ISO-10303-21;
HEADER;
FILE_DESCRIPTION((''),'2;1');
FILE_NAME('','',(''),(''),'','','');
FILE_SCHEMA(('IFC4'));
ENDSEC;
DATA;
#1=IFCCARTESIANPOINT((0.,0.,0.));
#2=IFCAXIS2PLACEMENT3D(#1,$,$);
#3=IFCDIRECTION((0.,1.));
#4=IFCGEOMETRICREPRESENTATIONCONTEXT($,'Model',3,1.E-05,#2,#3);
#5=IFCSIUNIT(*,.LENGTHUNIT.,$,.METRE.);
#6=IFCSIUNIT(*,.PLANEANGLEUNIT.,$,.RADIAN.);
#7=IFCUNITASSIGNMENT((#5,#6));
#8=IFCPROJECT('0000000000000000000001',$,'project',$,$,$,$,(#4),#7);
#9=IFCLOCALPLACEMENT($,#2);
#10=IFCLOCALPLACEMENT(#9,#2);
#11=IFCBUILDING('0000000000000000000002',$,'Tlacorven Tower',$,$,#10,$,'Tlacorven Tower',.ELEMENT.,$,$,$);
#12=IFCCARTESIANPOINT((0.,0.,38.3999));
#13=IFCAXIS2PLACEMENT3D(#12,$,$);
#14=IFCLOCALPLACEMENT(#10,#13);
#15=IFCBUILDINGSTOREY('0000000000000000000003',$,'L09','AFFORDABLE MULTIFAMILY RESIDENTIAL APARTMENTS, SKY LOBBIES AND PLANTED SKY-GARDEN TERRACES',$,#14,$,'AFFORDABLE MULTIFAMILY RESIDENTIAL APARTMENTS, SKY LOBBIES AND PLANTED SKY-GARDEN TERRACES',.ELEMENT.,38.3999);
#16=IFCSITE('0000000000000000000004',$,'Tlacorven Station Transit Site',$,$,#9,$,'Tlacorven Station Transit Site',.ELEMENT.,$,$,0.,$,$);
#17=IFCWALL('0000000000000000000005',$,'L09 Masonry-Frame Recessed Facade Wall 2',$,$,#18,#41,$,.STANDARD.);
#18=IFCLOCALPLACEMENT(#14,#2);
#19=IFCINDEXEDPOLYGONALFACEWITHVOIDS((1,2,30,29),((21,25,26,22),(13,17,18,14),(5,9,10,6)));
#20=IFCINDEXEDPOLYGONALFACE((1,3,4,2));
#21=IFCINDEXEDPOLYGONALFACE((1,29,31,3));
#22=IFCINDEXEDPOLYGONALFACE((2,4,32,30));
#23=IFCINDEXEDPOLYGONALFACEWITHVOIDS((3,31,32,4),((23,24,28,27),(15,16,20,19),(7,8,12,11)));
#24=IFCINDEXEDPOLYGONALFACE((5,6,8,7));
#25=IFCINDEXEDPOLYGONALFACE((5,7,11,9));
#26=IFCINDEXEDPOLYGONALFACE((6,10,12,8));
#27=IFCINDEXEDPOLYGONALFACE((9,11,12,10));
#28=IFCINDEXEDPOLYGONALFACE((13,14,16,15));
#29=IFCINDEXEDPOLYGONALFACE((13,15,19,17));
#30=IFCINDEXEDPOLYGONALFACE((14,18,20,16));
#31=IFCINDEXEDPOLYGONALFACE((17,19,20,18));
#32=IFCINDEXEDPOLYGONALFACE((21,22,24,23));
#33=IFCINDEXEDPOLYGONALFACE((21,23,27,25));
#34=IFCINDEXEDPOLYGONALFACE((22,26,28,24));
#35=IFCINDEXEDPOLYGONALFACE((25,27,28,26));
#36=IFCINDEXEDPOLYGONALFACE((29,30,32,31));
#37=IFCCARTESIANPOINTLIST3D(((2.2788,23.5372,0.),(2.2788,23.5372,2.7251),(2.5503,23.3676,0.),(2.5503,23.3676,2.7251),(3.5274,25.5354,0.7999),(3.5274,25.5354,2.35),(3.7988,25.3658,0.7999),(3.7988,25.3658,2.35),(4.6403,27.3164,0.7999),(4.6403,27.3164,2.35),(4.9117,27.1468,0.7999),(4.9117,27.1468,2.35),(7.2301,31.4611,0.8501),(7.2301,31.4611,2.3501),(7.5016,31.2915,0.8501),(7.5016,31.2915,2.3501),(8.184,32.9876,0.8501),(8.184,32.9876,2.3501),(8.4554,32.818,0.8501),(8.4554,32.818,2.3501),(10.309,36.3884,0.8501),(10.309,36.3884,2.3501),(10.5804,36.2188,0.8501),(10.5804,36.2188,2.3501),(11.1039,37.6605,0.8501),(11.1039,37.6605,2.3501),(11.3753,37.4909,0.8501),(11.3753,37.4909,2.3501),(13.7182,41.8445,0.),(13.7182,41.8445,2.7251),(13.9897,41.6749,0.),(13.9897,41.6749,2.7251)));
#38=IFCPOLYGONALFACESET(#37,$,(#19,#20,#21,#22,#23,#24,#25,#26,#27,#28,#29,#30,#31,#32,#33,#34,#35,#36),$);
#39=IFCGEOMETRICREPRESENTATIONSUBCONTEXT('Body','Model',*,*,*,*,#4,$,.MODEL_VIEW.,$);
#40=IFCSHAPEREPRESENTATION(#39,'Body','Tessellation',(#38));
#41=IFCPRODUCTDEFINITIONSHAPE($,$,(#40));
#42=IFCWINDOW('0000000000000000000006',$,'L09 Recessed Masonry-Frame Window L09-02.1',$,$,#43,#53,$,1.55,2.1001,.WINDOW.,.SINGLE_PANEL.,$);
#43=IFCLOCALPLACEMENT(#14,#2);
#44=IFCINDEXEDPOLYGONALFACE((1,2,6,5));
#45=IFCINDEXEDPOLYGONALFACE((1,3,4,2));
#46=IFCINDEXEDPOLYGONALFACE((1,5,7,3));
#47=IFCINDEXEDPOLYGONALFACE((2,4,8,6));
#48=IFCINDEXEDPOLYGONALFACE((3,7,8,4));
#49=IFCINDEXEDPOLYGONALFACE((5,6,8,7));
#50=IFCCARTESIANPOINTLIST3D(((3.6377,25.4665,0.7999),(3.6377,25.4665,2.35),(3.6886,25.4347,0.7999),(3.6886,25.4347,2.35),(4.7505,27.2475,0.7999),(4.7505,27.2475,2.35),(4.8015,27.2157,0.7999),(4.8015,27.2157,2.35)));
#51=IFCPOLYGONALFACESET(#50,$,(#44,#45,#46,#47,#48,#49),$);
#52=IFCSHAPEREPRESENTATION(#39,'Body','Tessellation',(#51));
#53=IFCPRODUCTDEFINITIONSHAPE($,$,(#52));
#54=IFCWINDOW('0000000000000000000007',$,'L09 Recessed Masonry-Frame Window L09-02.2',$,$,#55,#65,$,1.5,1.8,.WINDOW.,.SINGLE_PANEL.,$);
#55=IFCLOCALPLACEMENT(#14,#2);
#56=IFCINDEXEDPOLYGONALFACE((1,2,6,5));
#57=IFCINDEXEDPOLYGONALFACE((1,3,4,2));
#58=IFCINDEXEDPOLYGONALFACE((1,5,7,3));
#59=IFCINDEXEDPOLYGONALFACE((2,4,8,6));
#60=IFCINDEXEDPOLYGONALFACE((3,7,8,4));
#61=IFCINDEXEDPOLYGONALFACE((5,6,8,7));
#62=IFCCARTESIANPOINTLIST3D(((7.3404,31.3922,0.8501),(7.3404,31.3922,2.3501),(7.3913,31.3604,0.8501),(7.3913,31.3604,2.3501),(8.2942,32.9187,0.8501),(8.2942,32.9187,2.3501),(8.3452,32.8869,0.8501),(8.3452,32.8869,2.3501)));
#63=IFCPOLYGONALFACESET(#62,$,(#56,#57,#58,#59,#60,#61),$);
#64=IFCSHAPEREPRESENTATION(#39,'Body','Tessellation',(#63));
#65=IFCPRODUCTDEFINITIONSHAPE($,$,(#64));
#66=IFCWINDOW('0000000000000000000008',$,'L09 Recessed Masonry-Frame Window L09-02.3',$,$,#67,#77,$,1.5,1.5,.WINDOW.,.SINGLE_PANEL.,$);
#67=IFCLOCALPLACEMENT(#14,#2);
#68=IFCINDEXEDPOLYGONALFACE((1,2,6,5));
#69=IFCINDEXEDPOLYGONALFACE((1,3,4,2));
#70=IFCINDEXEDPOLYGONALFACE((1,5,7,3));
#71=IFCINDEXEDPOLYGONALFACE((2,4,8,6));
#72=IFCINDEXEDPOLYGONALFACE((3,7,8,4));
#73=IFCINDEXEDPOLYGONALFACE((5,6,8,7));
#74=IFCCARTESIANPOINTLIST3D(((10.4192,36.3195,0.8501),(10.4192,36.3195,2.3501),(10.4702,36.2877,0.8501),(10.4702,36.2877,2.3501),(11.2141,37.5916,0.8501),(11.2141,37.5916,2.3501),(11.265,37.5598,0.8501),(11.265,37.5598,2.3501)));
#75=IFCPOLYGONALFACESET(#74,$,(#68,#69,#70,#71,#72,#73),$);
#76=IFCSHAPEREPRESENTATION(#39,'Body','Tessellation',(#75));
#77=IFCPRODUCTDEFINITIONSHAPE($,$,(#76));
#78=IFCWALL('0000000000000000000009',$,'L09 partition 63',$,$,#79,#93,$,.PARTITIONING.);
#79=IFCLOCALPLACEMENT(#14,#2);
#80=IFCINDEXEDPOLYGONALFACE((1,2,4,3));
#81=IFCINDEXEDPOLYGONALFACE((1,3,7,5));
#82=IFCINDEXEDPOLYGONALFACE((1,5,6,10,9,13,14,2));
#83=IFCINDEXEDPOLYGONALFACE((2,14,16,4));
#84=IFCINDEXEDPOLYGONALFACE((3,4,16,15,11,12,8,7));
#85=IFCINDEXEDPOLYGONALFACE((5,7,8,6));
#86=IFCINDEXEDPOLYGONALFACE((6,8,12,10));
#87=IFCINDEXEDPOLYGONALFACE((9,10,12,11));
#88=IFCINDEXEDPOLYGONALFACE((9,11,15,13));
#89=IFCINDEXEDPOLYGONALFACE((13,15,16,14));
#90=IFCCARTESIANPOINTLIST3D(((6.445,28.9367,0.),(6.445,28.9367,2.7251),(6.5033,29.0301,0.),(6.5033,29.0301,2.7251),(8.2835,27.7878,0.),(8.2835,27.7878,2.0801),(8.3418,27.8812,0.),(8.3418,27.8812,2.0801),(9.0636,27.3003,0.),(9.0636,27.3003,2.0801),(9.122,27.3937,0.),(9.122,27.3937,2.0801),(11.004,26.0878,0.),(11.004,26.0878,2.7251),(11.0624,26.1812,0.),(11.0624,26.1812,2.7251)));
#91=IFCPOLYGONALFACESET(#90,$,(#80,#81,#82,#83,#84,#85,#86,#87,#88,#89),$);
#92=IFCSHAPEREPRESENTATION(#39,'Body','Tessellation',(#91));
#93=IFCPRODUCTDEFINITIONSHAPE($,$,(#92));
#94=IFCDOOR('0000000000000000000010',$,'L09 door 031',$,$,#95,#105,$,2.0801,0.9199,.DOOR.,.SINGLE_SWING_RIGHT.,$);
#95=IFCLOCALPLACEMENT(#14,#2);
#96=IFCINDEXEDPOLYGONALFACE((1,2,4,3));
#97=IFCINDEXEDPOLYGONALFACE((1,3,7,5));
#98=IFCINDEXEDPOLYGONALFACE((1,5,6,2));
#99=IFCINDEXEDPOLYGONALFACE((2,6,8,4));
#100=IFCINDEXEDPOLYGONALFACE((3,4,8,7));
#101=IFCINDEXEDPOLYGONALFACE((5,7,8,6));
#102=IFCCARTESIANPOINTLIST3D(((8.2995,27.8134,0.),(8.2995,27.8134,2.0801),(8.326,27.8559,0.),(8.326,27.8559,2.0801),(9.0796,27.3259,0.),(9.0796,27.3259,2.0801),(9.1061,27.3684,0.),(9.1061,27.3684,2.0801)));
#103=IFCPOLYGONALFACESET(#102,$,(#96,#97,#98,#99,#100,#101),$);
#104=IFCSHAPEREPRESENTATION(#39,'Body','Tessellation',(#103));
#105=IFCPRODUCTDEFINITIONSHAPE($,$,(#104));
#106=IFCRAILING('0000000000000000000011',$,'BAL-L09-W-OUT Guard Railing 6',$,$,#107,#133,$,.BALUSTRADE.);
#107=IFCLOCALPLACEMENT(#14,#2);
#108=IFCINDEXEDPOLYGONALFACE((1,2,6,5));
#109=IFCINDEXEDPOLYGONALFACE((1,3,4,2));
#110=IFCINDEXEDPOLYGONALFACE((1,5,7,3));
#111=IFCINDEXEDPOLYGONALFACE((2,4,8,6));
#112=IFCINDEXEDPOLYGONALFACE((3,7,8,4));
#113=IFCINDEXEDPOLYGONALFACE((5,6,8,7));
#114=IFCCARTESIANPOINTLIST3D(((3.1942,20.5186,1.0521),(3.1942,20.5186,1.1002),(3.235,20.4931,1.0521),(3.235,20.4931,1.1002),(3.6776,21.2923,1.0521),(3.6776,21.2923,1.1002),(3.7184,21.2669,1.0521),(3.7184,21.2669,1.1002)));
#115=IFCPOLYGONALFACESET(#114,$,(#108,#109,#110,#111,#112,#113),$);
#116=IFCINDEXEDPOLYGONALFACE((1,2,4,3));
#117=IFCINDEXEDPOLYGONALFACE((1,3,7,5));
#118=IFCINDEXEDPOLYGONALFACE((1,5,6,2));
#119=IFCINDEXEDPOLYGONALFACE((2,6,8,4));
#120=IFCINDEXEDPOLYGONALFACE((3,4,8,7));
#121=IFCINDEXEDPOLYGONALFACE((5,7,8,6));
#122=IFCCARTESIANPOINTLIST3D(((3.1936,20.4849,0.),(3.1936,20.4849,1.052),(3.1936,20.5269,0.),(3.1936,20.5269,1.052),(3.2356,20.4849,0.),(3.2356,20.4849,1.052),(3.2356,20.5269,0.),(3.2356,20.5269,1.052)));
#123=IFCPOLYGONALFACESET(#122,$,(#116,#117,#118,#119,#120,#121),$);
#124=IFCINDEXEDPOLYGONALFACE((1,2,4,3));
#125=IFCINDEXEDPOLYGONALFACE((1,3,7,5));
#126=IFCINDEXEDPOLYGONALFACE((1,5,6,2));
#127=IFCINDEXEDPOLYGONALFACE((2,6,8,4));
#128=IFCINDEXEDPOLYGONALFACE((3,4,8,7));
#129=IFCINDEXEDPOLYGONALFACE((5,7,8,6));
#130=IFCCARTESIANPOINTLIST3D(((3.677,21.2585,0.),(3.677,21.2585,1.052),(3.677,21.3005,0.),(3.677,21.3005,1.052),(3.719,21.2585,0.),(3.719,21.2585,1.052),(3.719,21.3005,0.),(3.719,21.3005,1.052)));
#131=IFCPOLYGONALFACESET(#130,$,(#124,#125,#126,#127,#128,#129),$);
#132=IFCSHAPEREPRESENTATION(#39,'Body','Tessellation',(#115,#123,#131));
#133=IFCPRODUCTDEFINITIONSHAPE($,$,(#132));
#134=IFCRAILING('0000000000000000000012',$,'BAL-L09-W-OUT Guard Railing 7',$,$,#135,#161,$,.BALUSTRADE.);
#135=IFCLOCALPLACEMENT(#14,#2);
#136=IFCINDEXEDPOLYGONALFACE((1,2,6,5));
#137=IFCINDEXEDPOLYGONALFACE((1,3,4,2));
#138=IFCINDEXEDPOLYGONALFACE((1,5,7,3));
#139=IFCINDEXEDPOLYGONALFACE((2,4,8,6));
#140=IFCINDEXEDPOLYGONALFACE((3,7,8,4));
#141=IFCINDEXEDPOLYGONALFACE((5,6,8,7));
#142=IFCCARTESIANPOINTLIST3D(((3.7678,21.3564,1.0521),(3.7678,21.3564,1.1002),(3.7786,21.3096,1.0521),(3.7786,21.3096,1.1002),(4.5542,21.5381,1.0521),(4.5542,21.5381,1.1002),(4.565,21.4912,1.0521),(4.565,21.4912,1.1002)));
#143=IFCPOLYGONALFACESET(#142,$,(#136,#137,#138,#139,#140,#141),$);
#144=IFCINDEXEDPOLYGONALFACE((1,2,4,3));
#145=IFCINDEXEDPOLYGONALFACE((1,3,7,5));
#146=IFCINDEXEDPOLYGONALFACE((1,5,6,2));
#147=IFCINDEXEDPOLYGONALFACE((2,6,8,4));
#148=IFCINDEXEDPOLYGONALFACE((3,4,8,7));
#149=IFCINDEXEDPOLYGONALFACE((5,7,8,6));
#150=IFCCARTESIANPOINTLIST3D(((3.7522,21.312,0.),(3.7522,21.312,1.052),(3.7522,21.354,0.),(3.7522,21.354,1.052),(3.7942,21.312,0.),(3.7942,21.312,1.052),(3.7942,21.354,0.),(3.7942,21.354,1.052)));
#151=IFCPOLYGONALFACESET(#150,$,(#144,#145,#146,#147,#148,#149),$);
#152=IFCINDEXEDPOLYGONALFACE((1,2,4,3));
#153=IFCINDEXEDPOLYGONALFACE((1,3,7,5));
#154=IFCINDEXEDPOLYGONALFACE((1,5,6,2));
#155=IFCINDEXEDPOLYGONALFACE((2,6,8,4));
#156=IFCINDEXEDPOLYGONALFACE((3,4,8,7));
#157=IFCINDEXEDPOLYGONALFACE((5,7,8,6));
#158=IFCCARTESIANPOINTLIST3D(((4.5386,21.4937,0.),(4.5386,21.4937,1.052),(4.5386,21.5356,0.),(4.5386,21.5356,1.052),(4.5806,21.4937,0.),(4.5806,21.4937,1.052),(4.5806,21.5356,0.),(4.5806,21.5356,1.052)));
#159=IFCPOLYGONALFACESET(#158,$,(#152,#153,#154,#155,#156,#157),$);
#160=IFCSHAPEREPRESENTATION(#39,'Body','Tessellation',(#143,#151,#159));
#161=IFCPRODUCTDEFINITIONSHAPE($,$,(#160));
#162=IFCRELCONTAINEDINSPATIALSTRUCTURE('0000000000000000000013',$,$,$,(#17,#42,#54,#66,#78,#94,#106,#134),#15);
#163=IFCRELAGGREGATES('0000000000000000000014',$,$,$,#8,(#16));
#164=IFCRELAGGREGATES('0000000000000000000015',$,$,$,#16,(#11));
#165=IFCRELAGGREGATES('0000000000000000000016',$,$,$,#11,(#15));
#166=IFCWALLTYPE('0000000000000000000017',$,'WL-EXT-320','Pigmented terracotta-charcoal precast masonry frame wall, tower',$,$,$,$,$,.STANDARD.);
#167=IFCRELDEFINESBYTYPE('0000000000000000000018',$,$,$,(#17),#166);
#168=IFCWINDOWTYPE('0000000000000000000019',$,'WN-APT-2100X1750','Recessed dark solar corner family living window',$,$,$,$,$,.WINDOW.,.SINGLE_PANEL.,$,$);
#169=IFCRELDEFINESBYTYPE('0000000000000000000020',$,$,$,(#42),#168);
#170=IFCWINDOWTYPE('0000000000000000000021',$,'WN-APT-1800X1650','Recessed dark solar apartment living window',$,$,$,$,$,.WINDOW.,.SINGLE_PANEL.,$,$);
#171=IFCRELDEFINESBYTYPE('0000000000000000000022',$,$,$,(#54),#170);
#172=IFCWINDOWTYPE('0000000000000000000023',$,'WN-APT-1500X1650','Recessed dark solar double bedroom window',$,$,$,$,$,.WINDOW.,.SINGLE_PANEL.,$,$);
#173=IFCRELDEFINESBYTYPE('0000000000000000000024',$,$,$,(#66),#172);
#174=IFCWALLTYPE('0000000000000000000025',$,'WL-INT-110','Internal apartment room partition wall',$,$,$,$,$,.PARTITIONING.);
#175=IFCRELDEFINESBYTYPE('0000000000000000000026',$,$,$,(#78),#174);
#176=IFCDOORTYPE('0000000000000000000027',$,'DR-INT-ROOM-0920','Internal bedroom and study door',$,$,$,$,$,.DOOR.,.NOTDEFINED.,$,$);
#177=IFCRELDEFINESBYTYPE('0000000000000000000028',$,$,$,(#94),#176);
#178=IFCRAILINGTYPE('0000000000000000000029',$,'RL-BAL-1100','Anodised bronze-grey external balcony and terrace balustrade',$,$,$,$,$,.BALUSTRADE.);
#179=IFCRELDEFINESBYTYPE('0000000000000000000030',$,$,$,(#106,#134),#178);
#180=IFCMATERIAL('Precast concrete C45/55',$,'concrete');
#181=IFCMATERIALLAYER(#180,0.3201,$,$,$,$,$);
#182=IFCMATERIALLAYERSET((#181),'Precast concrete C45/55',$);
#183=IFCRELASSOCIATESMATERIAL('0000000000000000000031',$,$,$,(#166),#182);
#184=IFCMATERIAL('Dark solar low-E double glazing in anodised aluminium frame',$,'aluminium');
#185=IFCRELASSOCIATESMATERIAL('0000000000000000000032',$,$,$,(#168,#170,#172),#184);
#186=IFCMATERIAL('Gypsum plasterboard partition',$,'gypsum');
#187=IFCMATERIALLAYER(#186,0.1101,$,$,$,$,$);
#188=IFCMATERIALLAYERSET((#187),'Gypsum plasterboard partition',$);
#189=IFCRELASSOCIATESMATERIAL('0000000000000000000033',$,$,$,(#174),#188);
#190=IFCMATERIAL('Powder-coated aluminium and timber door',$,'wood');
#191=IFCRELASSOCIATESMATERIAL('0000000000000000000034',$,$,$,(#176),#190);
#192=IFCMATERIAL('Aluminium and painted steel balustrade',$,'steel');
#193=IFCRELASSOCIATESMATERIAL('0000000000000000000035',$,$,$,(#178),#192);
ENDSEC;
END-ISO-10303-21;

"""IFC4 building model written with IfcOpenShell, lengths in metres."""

from ifc_helpers import new_model, si_unit, direction, frame, frame_2d, origin, origin_2d, place, context, subcontext, project, spatial, rectangle, extrude, source, transform, mapped, material, layer, layer_set, type_object, element, fill, save


model = new_model("IFC4")

# Units and contexts
model_context = context("Model", 3, precision=1e-05, world=origin(), true_north=direction((0.0, 1.0)))
body_context = subcontext(model_context, "Body", "Model", "MODEL_VIEW")
ifc_project = project(units=[si_unit("LENGTHUNIT", "METRE"), si_unit("PLANEANGLEUNIT", "RADIAN")], contexts=[model_context])

# Site, building, storey
site_placement = place(None, origin())
site = spatial("IfcSite", under=ifc_project, at=site_placement, Name="Tlacorven Station Transit Site", LongName="Tlacorven Station Transit Site", CompositionType="ELEMENT", RefElevation=0.0)
building_placement = place(site_placement, origin())
building = spatial("IfcBuilding", under=site, at=building_placement, Name="Tlacorven Tower", LongName="Tlacorven Tower", CompositionType="ELEMENT")
storey_placement = place(building_placement, frame((0.0, 0.0, 38.3999)))
storey = spatial("IfcBuildingStorey", under=building, at=storey_placement, Name="L09", Description="AFFORDABLE MULTIFAMILY RESIDENTIAL APARTMENTS, SKY LOBBIES AND PLANTED SKY-GARDEN TERRACES", LongName="AFFORDABLE MULTIFAMILY RESIDENTIAL APARTMENTS, SKY LOBBIES AND PLANTED SKY-GARDEN TERRACES", CompositionType="ELEMENT", Elevation=38.3999)

# Wall, openings, windows
ifc_material_1 = material(Name="Precast concrete C45/55", Category="concrete")
ifc_layer_1 = layer(ifc_material_1, 0.3201)
ifc_layer_set_1 = layer_set([ifc_layer_1], Name="Precast concrete C45/55")
wall_type_1 = type_object("IfcWallType", Name="WL-EXT-320", Description="Pigmented terracotta-charcoal precast masonry frame wall, tower", PredefinedType="STANDARD", material=ifc_layer_set_1)
wall_1_placement = place(storey_placement, frame((2.4146, 23.4524, 0.0), z_axis=(0.0, 0.0, 1.0), x_axis=(0.52991, 0.848054, 0.0)))
wall_1 = element("IfcWall", 1, at=wall_1_placement, inside=storey, type_object=wall_type_1, Name="L09 Masonry-Frame Recessed Facade Wall 2", PredefinedType="STANDARD", context=body_context, shape_type="SweptSolid", body=[
    extrude(rectangle(XDim=21.5874, YDim=0.3201, at=frame_2d((10.7937, 0.0))), origin(), (0.0, 0.0, 1.0), 2.7251),
])
opening_1_placement = place(wall_1_placement, frame((2.3562, 0.0, 0.8)))
opening_1 = element("IfcOpeningElement", 2, at=opening_1_placement, cuts=wall_1, PredefinedType="OPENING", context=body_context, shape_type="SweptSolid", body=[
    extrude(rectangle(XDim=2.1001, YDim=1.55, at=frame_2d((1.05, 0.7749))), frame((0.0, 0.1699, 0.0), z_axis=(0.0, -1.0, 0.0), x_axis=(1.0, 0.0, 0.0)), (0.0, 0.0, 1.0), 0.3401),
])
opening_2_placement = place(wall_1_placement, frame((9.3438, 0.0, 0.8501)))
opening_2 = element("IfcOpeningElement", 3, at=opening_2_placement, cuts=wall_1, PredefinedType="OPENING", context=body_context, shape_type="SweptSolid", body=[
    extrude(rectangle(XDim=1.8, YDim=1.5, at=frame_2d((0.8999, 0.75))), frame((0.0, 0.1699, 0.0), z_axis=(0.0, -1.0, 0.0), x_axis=(1.0, 0.0, 0.0)), (0.0, 0.0, 1.0), 0.3401),
])
opening_3_placement = place(wall_1_placement, frame((15.1538, 0.0, 0.8501)))
opening_3 = element("IfcOpeningElement", 4, at=opening_3_placement, cuts=wall_1, PredefinedType="OPENING", context=body_context, shape_type="SweptSolid", body=[
    extrude(rectangle(XDim=1.5, YDim=1.5, at=frame_2d((0.75, 0.75))), frame((0.0, 0.1699, 0.0), z_axis=(0.0, -1.0, 0.0), x_axis=(1.0, 0.0, 0.0)), (0.0, 0.0, 1.0), 0.3401),
])
ifc_material_2 = material(Name="Dark solar low-E double glazing in anodised aluminium frame", Category="aluminium")
window_type_1 = type_object("IfcWindowType", Name="WN-APT-2100X1750", Description="Recessed dark solar corner family living window", PartitioningType="SINGLE_PANEL", PredefinedType="WINDOW", material=ifc_material_2)
shared_shape_1 = source(origin(), body_context, "Body", "SweptSolid", [
    extrude(rectangle(XDim=2.1001, YDim=1.55, at=frame_2d((1.05, 0.7749))), frame((0.0, 0.03, 0.0), z_axis=(0.0, -1.0, 0.0), x_axis=(1.0, 0.0, 0.0)), (0.0, 0.0, 1.0), 0.0601),
])
window_1_placement = place(opening_1_placement, origin())
window_1 = element("IfcWindow", 5, at=window_1_placement, inside=storey, type_object=window_type_1, Name="L09 Recessed Masonry-Frame Window L09-02.1", OverallHeight=1.55, OverallWidth=2.1001, PartitioningType="SINGLE_PANEL", PredefinedType="WINDOW", context=body_context, shape_type="MappedRepresentation", body=[
    mapped(shared_shape_1, transform((0.0, 0.0, 0.0), scale=1.0)),
])
fill(opening_1, window_1)
window_type_2 = type_object("IfcWindowType", Name="WN-APT-1800X1650", Description="Recessed dark solar apartment living window", PartitioningType="SINGLE_PANEL", PredefinedType="WINDOW", material=ifc_material_2)
shared_shape_2 = source(origin(), body_context, "Body", "SweptSolid", [
    extrude(rectangle(XDim=1.8, YDim=1.5, at=frame_2d((0.8999, 0.75))), frame((0.0, 0.03, 0.0), z_axis=(0.0, -1.0, 0.0), x_axis=(1.0, 0.0, 0.0)), (0.0, 0.0, 1.0), 0.0601),
])
window_2_placement = place(opening_2_placement, origin())
window_2 = element("IfcWindow", 6, at=window_2_placement, inside=storey, type_object=window_type_2, Name="L09 Recessed Masonry-Frame Window L09-02.2", OverallHeight=1.5, OverallWidth=1.8, PartitioningType="SINGLE_PANEL", PredefinedType="WINDOW", context=body_context, shape_type="MappedRepresentation", body=[
    mapped(shared_shape_2, transform((0.0, 0.0, 0.0), scale=1.0)),
])
fill(opening_2, window_2)
window_type_3 = type_object("IfcWindowType", Name="WN-APT-1500X1650", Description="Recessed dark solar double bedroom window", PartitioningType="SINGLE_PANEL", PredefinedType="WINDOW", material=ifc_material_2)
shared_shape_3 = source(origin(), body_context, "Body", "SweptSolid", [
    extrude(rectangle(XDim=1.5, YDim=1.5, at=frame_2d((0.75, 0.75))), frame((0.0, 0.03, 0.0), z_axis=(0.0, -1.0, 0.0), x_axis=(1.0, 0.0, 0.0)), (0.0, 0.0, 1.0), 0.0601),
])
window_3_placement = place(opening_3_placement, origin())
window_3 = element("IfcWindow", 7, at=window_3_placement, inside=storey, type_object=window_type_3, Name="L09 Recessed Masonry-Frame Window L09-02.3", OverallHeight=1.5, OverallWidth=1.5, PartitioningType="SINGLE_PANEL", PredefinedType="WINDOW", context=body_context, shape_type="MappedRepresentation", body=[
    mapped(shared_shape_3, transform((0.0, 0.0, 0.0), scale=1.0)),
])
fill(opening_3, window_3)

# Wall, opening, door
ifc_material_3 = material(Name="Gypsum plasterboard partition", Category="gypsum")
ifc_layer_2 = layer(ifc_material_3, 0.1101)
ifc_layer_set_2 = layer_set([ifc_layer_2], Name="Gypsum plasterboard partition")
wall_type_2 = type_object("IfcWallType", Name="WL-INT-110", Description="Internal apartment room partition wall", PredefinedType="PARTITIONING", material=ifc_layer_set_2)
wall_2_placement = place(storey_placement, frame((11.0332, 26.1345, 0.0), z_axis=(0.0, 0.0, 1.0), x_axis=(-0.848044, 0.529925, 0.0)))
wall_2 = element("IfcWall", 8, at=wall_2_placement, inside=storey, type_object=wall_type_2, Name="L09 partition 63", PredefinedType="PARTITIONING", context=body_context, shape_type="SweptSolid", body=[
    extrude(rectangle(XDim=5.376, YDim=0.1101, at=frame_2d((2.688, 0.0))), origin(), (0.0, 0.0, 1.0), 2.7251),
])
opening_4_placement = place(wall_2_placement, frame((2.2881, 0.0, 0.0)))
opening_4 = element("IfcOpeningElement", 9, at=opening_4_placement, cuts=wall_2, PredefinedType="OPENING", context=body_context, shape_type="SweptSolid", body=[
    extrude(rectangle(XDim=0.9199, YDim=2.0801, at=frame_2d((0.46, 1.04))), frame((0.0, 0.0649, 0.0), z_axis=(0.0, -1.0, 0.0), x_axis=(1.0, 0.0, 0.0)), (0.0, 0.0, 1.0), 0.1301),
])
ifc_material_4 = material(Name="Powder-coated aluminium and timber door", Category="wood")
door_type = type_object("IfcDoorType", Name="DR-INT-ROOM-0920", Description="Internal bedroom and study door", OperationType="NOTDEFINED", PredefinedType="DOOR", material=ifc_material_4)
shared_shape_4 = source(origin(), body_context, "Body", "SweptSolid", [
    extrude(rectangle(XDim=0.9199, YDim=2.0801, at=frame_2d((0.46, 1.04))), frame((0.0, 0.0249, 0.0), z_axis=(0.0, -1.0, 0.0), x_axis=(1.0, 0.0, 0.0)), (0.0, 0.0, 1.0), 0.05),
])
door_placement = place(opening_4_placement, origin())
door = element("IfcDoor", 10, at=door_placement, inside=storey, type_object=door_type, Name="L09 door 031", OperationType="SINGLE_SWING_RIGHT", OverallHeight=2.0801, OverallWidth=0.9199, PredefinedType="DOOR", context=body_context, shape_type="MappedRepresentation", body=[
    mapped(shared_shape_4, transform((0.0, 0.0, 0.0), scale=1.0)),
])
fill(opening_4, door)

# Railings
ifc_material_5 = material(Name="Aluminium and painted steel balustrade", Category="steel")
railing_type = type_object("IfcRailingType", Name="RL-BAL-1100", Description="Anodised bronze-grey external balcony and terrace balustrade", PredefinedType="BALUSTRADE", material=ifc_material_5)
shared_shape_5 = source(origin(), body_context, "Body", "SweptSolid", [
    extrude(rectangle(XDim=0.0481, YDim=0.0481, at=origin_2d()), frame((0.0, 0.0, 1.0762), z_axis=(0.529879, 0.848073, 0.0), x_axis=(-0.848073, 0.529879, 0.0)), (0.0, 0.0, 1.0), 0.9124),
    extrude(rectangle(XDim=0.042, YDim=0.042, at=origin_2d()), origin(), (0.0, 0.0, 1.0), 1.052),
    extrude(rectangle(XDim=0.042, YDim=0.042, at=origin_2d()), frame((0.4834, 0.7737, 0.0)), (0.0, 0.0, 1.0), 1.052),
])
railing_1_placement = place(storey_placement, frame((3.2146, 20.5059, 0.0)))
element("IfcRailing", 11, at=railing_1_placement, inside=storey, type_object=railing_type, Name="BAL-L09-W-OUT Guard Railing 6", PredefinedType="BALUSTRADE", context=body_context, shape_type="MappedRepresentation", body=[
    mapped(shared_shape_5, transform((0.0, 0.0, 0.0), scale=1.0)),
])
shared_shape_6 = source(origin(), body_context, "Body", "SweptSolid", [
    extrude(rectangle(XDim=0.0481, YDim=0.0481, at=origin_2d()), frame((0.0, 0.0, 1.0762), z_axis=(0.974345, 0.225058, 0.0), x_axis=(-0.225058, 0.974345, 0.0)), (0.0, 0.0, 1.0), 0.8071),
    extrude(rectangle(XDim=0.042, YDim=0.042, at=origin_2d()), origin(), (0.0, 0.0, 1.0), 1.052),
    extrude(rectangle(XDim=0.042, YDim=0.042, at=origin_2d()), frame((0.7864, 0.1816, 0.0)), (0.0, 0.0, 1.0), 1.052),
])
railing_2_placement = place(storey_placement, frame((3.7732, 21.333, 0.0)))
element("IfcRailing", 12, at=railing_2_placement, inside=storey, type_object=railing_type, Name="BAL-L09-W-OUT Guard Railing 7", PredefinedType="BALUSTRADE", context=body_context, shape_type="MappedRepresentation", body=[
    mapped(shared_shape_6, transform((0.0, 0.0, 0.0), scale=1.0)),
])

save(model, "model.ifc")
